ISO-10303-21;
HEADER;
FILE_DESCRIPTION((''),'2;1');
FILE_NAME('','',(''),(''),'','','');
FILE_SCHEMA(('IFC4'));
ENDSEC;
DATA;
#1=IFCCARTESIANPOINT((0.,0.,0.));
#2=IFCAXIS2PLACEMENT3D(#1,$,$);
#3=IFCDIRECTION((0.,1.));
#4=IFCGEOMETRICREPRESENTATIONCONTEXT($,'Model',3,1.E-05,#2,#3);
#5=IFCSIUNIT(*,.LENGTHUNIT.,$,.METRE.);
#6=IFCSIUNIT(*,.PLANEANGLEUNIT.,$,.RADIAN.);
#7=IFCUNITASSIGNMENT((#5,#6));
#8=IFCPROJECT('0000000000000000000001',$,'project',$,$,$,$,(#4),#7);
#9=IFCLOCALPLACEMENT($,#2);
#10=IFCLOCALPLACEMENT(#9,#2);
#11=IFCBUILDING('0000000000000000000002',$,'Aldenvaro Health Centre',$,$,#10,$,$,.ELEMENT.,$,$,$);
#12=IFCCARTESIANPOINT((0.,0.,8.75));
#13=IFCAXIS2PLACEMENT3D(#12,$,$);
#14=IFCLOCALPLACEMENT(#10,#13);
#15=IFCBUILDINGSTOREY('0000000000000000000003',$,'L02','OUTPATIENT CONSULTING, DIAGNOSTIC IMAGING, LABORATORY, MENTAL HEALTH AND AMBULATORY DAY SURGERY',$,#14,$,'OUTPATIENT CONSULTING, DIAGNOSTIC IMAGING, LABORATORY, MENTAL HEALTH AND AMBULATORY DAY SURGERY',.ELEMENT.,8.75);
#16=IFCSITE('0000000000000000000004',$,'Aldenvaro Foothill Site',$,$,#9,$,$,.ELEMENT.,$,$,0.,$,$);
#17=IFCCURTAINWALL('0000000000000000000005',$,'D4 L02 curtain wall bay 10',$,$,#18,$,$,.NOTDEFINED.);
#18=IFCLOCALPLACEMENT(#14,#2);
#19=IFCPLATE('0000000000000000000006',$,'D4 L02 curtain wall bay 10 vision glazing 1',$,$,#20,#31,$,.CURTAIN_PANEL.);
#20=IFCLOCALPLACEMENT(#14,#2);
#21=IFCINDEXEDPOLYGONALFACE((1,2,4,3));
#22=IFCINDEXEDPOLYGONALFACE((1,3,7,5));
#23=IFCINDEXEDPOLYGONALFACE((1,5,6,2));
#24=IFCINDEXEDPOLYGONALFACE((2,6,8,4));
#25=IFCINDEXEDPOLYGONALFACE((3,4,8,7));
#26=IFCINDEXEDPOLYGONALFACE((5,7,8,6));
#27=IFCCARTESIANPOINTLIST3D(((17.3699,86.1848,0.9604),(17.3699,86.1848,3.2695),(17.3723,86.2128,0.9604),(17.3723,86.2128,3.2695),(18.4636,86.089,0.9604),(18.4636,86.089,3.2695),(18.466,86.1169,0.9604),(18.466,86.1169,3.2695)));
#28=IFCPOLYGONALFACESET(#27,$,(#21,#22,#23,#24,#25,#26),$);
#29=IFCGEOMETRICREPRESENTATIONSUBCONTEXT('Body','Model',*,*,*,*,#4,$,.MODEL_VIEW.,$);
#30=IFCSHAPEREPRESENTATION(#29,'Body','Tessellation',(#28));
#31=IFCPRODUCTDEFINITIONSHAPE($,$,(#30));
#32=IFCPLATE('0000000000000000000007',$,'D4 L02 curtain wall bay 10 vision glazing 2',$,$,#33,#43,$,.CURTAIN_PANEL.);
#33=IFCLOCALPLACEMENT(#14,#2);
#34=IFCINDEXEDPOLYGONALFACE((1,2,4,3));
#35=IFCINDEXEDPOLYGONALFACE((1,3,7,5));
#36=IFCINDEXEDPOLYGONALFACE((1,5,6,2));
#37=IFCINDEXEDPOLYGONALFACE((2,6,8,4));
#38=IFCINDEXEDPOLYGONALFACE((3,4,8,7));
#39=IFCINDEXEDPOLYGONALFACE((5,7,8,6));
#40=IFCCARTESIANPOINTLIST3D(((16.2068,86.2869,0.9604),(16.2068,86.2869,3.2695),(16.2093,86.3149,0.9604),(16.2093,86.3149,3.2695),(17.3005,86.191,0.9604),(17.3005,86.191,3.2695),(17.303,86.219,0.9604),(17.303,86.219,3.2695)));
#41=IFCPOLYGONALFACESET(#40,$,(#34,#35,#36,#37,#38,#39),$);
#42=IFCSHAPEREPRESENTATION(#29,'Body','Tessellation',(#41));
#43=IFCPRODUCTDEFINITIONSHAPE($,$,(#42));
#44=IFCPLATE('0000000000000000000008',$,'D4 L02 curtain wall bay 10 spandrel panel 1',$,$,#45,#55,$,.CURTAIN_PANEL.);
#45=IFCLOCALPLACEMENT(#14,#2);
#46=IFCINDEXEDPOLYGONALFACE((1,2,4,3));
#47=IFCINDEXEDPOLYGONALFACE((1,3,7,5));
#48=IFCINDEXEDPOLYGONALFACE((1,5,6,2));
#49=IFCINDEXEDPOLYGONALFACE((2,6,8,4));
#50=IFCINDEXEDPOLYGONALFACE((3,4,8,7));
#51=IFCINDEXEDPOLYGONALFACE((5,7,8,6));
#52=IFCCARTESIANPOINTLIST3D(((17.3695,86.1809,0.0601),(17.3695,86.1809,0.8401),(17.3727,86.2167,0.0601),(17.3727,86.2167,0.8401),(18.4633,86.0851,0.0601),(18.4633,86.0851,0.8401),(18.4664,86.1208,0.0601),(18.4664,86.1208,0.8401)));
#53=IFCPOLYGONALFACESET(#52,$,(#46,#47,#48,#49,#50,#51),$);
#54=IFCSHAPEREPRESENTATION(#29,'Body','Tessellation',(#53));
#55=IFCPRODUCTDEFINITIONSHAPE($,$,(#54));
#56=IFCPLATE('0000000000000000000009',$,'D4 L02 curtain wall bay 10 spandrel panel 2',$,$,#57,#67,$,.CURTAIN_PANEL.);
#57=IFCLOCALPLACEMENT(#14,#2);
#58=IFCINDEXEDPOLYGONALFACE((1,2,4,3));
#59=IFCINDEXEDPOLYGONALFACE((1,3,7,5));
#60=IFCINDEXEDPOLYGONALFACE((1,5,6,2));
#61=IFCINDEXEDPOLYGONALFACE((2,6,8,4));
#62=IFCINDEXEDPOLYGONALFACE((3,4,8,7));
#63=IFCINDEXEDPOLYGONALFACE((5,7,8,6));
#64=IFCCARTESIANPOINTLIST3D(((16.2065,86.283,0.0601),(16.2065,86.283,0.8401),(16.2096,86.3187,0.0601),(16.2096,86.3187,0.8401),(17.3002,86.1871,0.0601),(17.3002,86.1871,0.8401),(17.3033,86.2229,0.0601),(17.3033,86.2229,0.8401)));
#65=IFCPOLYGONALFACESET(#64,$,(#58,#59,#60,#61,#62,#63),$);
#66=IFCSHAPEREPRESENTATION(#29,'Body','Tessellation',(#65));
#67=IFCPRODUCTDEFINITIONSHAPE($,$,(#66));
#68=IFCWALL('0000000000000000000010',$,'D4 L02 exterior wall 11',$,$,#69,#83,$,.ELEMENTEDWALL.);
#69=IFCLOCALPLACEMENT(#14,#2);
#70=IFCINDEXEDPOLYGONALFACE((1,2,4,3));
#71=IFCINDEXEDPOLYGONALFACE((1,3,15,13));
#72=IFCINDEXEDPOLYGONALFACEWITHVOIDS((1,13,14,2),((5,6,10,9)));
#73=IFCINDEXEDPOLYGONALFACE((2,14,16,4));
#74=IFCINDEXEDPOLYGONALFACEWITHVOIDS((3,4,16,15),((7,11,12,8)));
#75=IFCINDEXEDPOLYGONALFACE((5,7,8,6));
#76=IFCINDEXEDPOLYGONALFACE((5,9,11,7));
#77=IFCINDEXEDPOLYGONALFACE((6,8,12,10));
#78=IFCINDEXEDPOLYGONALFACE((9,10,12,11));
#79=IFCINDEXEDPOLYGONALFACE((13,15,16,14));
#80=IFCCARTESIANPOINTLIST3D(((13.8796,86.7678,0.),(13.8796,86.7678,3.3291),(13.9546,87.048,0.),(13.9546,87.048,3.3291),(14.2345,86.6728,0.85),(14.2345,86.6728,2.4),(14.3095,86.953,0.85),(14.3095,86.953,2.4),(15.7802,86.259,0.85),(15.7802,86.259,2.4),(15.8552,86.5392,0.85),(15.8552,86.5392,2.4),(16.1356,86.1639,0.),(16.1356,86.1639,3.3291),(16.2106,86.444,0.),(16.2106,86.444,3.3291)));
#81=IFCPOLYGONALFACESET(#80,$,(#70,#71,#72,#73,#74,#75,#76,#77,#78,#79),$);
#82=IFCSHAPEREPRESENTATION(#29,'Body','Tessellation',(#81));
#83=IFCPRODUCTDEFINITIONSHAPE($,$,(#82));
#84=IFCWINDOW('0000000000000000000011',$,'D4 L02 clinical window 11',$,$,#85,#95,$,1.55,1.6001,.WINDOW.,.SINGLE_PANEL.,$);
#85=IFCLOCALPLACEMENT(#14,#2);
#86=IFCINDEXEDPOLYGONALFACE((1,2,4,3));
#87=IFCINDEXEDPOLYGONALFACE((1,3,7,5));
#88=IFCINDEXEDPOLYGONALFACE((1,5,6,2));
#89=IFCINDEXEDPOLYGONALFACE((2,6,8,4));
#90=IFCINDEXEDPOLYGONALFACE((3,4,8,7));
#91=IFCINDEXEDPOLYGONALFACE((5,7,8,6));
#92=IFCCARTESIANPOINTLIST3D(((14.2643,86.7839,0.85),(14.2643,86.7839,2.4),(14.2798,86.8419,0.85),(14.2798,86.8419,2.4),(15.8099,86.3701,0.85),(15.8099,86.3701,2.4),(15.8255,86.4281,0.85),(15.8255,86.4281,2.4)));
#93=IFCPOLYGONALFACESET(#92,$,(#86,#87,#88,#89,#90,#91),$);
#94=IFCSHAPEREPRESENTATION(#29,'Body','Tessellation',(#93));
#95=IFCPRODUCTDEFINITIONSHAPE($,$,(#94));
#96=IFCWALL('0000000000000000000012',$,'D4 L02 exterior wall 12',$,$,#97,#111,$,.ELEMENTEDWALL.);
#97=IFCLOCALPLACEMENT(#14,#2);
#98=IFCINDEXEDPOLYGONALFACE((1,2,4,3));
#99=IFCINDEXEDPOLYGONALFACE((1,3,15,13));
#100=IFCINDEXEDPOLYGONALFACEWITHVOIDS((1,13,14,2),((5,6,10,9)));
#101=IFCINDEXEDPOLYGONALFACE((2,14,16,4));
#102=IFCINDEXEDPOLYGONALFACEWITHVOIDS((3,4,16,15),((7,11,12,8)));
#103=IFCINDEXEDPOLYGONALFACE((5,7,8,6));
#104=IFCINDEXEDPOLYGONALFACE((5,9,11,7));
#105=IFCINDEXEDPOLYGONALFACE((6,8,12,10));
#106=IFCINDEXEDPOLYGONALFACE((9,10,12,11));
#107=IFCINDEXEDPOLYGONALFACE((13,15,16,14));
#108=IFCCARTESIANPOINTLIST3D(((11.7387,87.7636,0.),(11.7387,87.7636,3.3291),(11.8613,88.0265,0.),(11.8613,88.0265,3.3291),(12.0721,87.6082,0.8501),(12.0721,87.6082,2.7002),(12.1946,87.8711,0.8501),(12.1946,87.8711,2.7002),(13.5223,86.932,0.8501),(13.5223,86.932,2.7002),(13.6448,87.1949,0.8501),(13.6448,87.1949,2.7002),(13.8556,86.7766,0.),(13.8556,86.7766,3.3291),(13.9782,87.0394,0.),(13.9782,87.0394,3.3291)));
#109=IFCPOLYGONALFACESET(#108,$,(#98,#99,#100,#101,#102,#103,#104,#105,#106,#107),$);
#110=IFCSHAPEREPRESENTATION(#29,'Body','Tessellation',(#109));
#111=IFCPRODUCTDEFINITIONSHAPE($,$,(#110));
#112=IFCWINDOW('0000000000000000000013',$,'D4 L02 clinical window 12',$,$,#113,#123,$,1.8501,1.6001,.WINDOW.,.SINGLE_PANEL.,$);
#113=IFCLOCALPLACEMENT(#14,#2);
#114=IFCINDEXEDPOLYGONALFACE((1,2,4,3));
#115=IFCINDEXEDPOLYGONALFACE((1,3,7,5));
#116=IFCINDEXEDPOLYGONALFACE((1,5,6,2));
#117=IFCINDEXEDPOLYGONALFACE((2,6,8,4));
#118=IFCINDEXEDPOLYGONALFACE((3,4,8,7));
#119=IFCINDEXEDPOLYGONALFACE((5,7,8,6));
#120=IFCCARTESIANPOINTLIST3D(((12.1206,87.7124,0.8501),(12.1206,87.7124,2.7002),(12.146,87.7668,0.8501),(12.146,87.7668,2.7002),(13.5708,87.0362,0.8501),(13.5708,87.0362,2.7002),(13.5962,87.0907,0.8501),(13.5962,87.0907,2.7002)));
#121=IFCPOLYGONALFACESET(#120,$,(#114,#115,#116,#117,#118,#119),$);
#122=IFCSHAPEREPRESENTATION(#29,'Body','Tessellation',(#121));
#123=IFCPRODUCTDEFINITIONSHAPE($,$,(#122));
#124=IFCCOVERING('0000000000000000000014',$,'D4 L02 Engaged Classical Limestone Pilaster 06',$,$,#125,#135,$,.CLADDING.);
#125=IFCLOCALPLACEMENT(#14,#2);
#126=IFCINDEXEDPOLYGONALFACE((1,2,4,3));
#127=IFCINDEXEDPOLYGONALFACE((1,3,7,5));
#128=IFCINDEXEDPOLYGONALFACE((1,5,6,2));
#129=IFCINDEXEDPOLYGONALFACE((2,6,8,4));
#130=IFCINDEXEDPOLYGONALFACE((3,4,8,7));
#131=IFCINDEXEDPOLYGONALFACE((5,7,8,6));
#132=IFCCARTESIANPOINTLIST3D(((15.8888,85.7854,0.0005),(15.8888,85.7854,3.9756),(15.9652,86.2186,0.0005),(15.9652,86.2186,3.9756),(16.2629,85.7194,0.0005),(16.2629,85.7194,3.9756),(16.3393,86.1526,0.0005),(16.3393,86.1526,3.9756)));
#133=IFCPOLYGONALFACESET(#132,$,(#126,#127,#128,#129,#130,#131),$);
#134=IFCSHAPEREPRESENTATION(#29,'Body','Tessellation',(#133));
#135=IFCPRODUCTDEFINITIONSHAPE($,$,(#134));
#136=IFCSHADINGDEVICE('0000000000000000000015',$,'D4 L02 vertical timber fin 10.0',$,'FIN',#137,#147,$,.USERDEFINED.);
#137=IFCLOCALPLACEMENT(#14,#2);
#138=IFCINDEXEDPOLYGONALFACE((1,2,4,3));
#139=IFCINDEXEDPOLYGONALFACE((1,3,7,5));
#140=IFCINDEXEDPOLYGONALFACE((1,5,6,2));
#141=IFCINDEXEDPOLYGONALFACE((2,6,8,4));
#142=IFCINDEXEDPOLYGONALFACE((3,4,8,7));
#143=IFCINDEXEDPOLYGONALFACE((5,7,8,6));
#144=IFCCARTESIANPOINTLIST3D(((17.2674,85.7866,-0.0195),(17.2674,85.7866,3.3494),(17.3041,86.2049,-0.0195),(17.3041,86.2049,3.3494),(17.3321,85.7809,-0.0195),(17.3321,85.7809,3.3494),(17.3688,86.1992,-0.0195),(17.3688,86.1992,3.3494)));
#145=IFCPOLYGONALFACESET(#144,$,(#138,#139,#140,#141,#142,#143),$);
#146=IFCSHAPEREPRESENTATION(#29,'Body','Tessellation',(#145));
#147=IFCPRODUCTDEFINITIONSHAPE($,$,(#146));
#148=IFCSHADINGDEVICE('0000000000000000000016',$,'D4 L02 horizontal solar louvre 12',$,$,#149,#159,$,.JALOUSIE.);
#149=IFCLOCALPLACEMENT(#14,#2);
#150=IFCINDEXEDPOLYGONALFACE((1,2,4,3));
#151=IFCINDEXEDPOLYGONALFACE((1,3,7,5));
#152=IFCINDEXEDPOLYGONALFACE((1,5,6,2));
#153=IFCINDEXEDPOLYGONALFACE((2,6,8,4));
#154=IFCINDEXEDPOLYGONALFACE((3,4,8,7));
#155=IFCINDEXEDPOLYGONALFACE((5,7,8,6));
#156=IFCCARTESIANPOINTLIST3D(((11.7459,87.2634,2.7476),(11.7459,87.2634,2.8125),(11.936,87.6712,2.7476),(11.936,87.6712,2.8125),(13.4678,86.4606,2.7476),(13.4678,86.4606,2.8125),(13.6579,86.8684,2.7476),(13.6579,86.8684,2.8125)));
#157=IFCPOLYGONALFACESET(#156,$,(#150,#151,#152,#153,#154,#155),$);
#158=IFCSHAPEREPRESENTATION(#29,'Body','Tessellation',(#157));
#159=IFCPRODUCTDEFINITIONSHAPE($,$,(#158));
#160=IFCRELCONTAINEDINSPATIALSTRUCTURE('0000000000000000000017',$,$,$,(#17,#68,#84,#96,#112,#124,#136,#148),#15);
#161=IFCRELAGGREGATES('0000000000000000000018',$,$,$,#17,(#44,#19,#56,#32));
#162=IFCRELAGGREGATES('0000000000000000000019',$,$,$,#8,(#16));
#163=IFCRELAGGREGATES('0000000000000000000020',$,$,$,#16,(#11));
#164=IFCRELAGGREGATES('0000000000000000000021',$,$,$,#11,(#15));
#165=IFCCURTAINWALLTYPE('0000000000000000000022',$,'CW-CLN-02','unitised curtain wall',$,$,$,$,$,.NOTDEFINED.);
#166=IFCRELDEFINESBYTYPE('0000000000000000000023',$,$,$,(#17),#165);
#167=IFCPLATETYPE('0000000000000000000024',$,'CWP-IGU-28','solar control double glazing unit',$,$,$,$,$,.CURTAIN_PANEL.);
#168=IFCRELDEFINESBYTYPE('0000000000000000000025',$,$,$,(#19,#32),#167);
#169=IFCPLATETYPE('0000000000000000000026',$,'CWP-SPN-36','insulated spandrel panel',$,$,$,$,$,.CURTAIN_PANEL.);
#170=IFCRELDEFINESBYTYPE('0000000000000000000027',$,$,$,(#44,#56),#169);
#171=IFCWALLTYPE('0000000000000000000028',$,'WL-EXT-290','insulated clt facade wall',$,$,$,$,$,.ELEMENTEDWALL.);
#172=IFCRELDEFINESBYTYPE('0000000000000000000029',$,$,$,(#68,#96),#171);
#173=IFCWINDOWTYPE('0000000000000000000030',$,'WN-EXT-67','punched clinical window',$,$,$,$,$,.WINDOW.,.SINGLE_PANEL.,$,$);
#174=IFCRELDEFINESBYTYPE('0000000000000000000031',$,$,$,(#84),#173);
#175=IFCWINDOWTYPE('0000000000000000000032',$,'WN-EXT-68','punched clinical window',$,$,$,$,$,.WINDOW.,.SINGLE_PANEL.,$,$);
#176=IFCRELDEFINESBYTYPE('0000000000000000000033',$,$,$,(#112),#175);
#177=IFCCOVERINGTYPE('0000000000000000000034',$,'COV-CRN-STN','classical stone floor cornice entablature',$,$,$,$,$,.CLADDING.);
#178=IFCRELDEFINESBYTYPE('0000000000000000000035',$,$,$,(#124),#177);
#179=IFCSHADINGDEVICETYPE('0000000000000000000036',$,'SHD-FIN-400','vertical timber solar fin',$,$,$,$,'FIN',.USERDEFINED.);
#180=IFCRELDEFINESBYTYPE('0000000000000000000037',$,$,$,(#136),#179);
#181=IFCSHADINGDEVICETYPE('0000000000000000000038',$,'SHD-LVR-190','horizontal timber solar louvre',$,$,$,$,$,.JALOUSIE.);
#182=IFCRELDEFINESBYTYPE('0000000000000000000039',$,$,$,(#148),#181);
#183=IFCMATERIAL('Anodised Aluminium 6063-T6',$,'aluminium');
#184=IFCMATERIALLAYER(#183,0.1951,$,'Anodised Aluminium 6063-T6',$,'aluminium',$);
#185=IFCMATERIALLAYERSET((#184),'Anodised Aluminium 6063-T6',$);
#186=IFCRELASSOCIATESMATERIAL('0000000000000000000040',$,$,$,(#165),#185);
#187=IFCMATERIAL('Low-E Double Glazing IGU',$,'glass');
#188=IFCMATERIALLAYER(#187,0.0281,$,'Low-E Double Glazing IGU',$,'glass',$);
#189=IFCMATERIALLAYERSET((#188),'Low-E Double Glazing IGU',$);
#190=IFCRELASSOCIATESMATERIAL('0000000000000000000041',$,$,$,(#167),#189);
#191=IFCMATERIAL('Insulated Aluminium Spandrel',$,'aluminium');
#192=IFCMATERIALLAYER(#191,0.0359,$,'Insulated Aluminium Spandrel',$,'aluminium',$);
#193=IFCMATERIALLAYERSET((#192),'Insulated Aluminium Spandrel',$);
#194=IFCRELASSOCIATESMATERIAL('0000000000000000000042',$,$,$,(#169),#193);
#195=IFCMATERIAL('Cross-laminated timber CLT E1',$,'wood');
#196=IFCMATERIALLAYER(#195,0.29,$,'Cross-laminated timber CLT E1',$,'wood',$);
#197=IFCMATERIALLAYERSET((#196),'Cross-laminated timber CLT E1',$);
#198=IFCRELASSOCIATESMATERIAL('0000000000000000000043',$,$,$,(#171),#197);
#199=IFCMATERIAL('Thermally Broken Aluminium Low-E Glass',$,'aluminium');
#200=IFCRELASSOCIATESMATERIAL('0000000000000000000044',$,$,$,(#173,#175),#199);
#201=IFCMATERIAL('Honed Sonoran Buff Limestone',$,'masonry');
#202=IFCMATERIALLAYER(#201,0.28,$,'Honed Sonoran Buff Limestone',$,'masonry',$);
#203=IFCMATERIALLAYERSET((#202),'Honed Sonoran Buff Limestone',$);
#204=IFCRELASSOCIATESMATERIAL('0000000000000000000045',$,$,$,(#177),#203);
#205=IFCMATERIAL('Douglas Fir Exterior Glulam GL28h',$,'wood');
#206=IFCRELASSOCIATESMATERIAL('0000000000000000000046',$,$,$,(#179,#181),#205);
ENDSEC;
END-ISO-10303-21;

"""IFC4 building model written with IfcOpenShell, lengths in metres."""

from ifc_helpers import new_model, si_unit, direction, frame, frame_2d, origin, origin_2d, place, context, subcontext, project, spatial, rectangle, extrude, material, layer, layer_set, type_object, element, fill, aggregate, save


model = new_model("IFC4")

# Units and contexts
model_context = context("Model", 3, precision=1e-05, world=origin(), true_north=direction((0.0, 1.0)))
body_context = subcontext(model_context, "Body", "Model", "MODEL_VIEW")
ifc_project = project(units=[si_unit("LENGTHUNIT", "METRE"), si_unit("PLANEANGLEUNIT", "RADIAN")], contexts=[model_context])

# Site, building, storey
site_placement = place(None, origin())
site = spatial("IfcSite", under=ifc_project, at=site_placement, Name="Aldenvaro Foothill Site", CompositionType="ELEMENT", RefElevation=0.0)
building_placement = place(site_placement, origin())
building = spatial("IfcBuilding", under=site, at=building_placement, Name="Aldenvaro Health Centre", CompositionType="ELEMENT")
storey_placement = place(building_placement, frame((0.0, 0.0, 8.75)))
storey = spatial("IfcBuildingStorey", under=building, at=storey_placement, Name="L02", Description="OUTPATIENT CONSULTING, DIAGNOSTIC IMAGING, LABORATORY, MENTAL HEALTH AND AMBULATORY DAY SURGERY", LongName="OUTPATIENT CONSULTING, DIAGNOSTIC IMAGING, LABORATORY, MENTAL HEALTH AND AMBULATORY DAY SURGERY", CompositionType="ELEMENT", Elevation=8.75)

# Curtain wall
ifc_material_1 = material(Name="Anodised Aluminium 6063-T6", Category="aluminium")
ifc_layer_1 = layer(ifc_material_1, 0.1951, Name="Anodised Aluminium 6063-T6", Category="aluminium")
ifc_layer_set_1 = layer_set([ifc_layer_1], Name="Anodised Aluminium 6063-T6")
curtain_wall_type = type_object("IfcCurtainWallType", Name="CW-CLN-02", Description="unitised curtain wall", PredefinedType="NOTDEFINED", material=ifc_layer_set_1)
curtain_wall_placement = place(storey_placement, origin())
curtain_wall = element("IfcCurtainWall", 1, at=curtain_wall_placement, inside=storey, type_object=curtain_wall_type, Name="D4 L02 curtain wall bay 10", PredefinedType="NOTDEFINED")

# Plates
ifc_material_2 = material(Name="Low-E Double Glazing IGU", Category="glass")
ifc_layer_2 = layer(ifc_material_2, 0.0281, Name="Low-E Double Glazing IGU", Category="glass")
ifc_layer_set_2 = layer_set([ifc_layer_2], Name="Low-E Double Glazing IGU")
plate_type_1 = type_object("IfcPlateType", Name="CWP-IGU-28", Description="solar control double glazing unit", PredefinedType="CURTAIN_PANEL", material=ifc_layer_set_2)
plate_1_placement = place(storey_placement, frame((17.918, 86.1509, 0.9604), z_axis=(0.0, 0.0, 1.0), x_axis=(-0.996179, 0.087332, 0.0)))
plate_1 = element("IfcPlate", 2, at=plate_1_placement, type_object=plate_type_1, Name="D4 L02 curtain wall bay 10 vision glazing 1", PredefinedType="CURTAIN_PANEL", context=body_context, shape_type="SweptSolid", body=[
    extrude(rectangle(XDim=1.0979, YDim=0.0281, at=origin_2d()), origin(), (0.0, 0.0, 1.0), 2.3091),
])
plate_2_placement = place(storey_placement, frame((16.7549, 86.2529, 0.9604), z_axis=(0.0, 0.0, 1.0), x_axis=(-0.996179, 0.087332, 0.0)))
plate_2 = element("IfcPlate", 3, at=plate_2_placement, type_object=plate_type_1, Name="D4 L02 curtain wall bay 10 vision glazing 2", PredefinedType="CURTAIN_PANEL", context=body_context, shape_type="SweptSolid", body=[
    extrude(rectangle(XDim=1.0979, YDim=0.0281, at=origin_2d()), origin(), (0.0, 0.0, 1.0), 2.3091),
])
ifc_material_3 = material(Name="Insulated Aluminium Spandrel", Category="aluminium")
ifc_layer_3 = layer(ifc_material_3, 0.0359, Name="Insulated Aluminium Spandrel", Category="aluminium")
ifc_layer_set_3 = layer_set([ifc_layer_3], Name="Insulated Aluminium Spandrel")
plate_type_2 = type_object("IfcPlateType", Name="CWP-SPN-36", Description="insulated spandrel panel", PredefinedType="CURTAIN_PANEL", material=ifc_layer_set_3)
plate_3_placement = place(storey_placement, frame((17.918, 86.1509, 0.0601), z_axis=(0.0, 0.0, 1.0), x_axis=(-0.996179, 0.087332, 0.0)))
plate_3 = element("IfcPlate", 4, at=plate_3_placement, type_object=plate_type_2, Name="D4 L02 curtain wall bay 10 spandrel panel 1", PredefinedType="CURTAIN_PANEL", context=body_context, shape_type="SweptSolid", body=[
    extrude(rectangle(XDim=1.0979, YDim=0.0359, at=origin_2d()), origin(), (0.0, 0.0, 1.0), 0.78),
])
plate_4_placement = place(storey_placement, frame((16.7549, 86.2529, 0.0601), z_axis=(0.0, 0.0, 1.0), x_axis=(-0.996179, 0.087332, 0.0)))
plate_4 = element("IfcPlate", 5, at=plate_4_placement, type_object=plate_type_2, Name="D4 L02 curtain wall bay 10 spandrel panel 2", PredefinedType="CURTAIN_PANEL", context=body_context, shape_type="SweptSolid", body=[
    extrude(rectangle(XDim=1.0979, YDim=0.0359, at=origin_2d()), origin(), (0.0, 0.0, 1.0), 0.78),
])
aggregate(curtain_wall, [plate_3, plate_1, plate_4, plate_2])

# Walls, openings, windows
ifc_material_4 = material(Name="Cross-laminated timber CLT E1", Category="wood")
ifc_layer_4 = layer(ifc_material_4, 0.29, Name="Cross-laminated timber CLT E1", Category="wood")
ifc_layer_set_4 = layer_set([ifc_layer_4], Name="Cross-laminated timber CLT E1")
wall_type = type_object("IfcWallType", Name="WL-EXT-290", Description="insulated clt facade wall", PredefinedType="ELEMENTEDWALL", material=ifc_layer_set_4)
wall_1_placement = place(storey_placement, frame((16.1731, 86.304, 0.0), z_axis=(0.0, 0.0, 1.0), x_axis=(-0.965981, 0.258612, 0.0)))
wall_1 = element("IfcWall", 6, at=wall_1_placement, inside=storey, type_object=wall_type, Name="D4 L02 exterior wall 11", PredefinedType="ELEMENTEDWALL", context=body_context, shape_type="SweptSolid", body=[
    extrude(rectangle(XDim=2.3354, YDim=0.29, at=frame_2d((1.1677, 0.0))), origin(), (0.0, 0.0, 1.0), 3.3291),
])
opening_1_placement = place(wall_1_placement, frame((0.3679, 0.0, 0.8501)))
opening_1 = element("IfcOpeningElement", 7, at=opening_1_placement, cuts=wall_1, PredefinedType="OPENING", context=body_context, shape_type="SweptSolid", body=[
    extrude(rectangle(XDim=1.6001, YDim=1.55, at=frame_2d((0.8, 0.7749))), frame((0.0, 0.155, 0.0), z_axis=(0.0, -1.0, 0.0), x_axis=(1.0, 0.0, 0.0)), (0.0, 0.0, 1.0), 0.3101),
])
ifc_material_5 = material(Name="Thermally Broken Aluminium Low-E Glass", Category="aluminium")
window_type_1 = type_object("IfcWindowType", Name="WN-EXT-67", Description="punched clinical window", PartitioningType="SINGLE_PANEL", PredefinedType="WINDOW", material=ifc_material_5)
window_1_placement = place(opening_1_placement, origin())
window_1 = element("IfcWindow", 8, at=window_1_placement, inside=storey, type_object=window_type_1, Name="D4 L02 clinical window 11", OverallHeight=1.55, OverallWidth=1.6001, PartitioningType="SINGLE_PANEL", PredefinedType="WINDOW", context=body_context, shape_type="SweptSolid", body=[
    extrude(rectangle(XDim=1.6001, YDim=1.55, at=frame_2d((0.8, 0.7749))), frame((0.0, 0.03, 0.0), z_axis=(0.0, -1.0, 0.0), x_axis=(1.0, 0.0, 0.0)), (0.0, 0.0, 1.0), 0.0601),
])
fill(opening_1, window_1)
wall_2_placement = place(storey_placement, frame((13.917, 86.908, 0.0), z_axis=(0.0, 0.0, 1.0), x_axis=(-0.906322, 0.422588, 0.0)))
wall_2 = element("IfcWall", 9, at=wall_2_placement, inside=storey, type_object=wall_type, Name="D4 L02 exterior wall 12", PredefinedType="ELEMENTEDWALL", context=body_context, shape_type="SweptSolid", body=[
    extrude(rectangle(XDim=2.3357, YDim=0.29, at=frame_2d((1.168, 0.0))), origin(), (0.0, 0.0, 1.0), 3.3291),
])
opening_2_placement = place(wall_2_placement, frame((0.3679, 0.0, 0.8501)))
opening_2 = element("IfcOpeningElement", 10, at=opening_2_placement, cuts=wall_2, PredefinedType="OPENING", context=body_context, shape_type="SweptSolid", body=[
    extrude(rectangle(XDim=1.6001, YDim=1.8501, at=frame_2d((0.8, 0.925))), frame((0.0, 0.155, 0.0), z_axis=(0.0, -1.0, 0.0), x_axis=(1.0, 0.0, 0.0)), (0.0, 0.0, 1.0), 0.3101),
])
window_type_2 = type_object("IfcWindowType", Name="WN-EXT-68", Description="punched clinical window", PartitioningType="SINGLE_PANEL", PredefinedType="WINDOW", material=ifc_material_5)
window_2_placement = place(opening_2_placement, origin())
window_2 = element("IfcWindow", 11, at=window_2_placement, inside=storey, type_object=window_type_2, Name="D4 L02 clinical window 12", OverallHeight=1.8501, OverallWidth=1.6001, PartitioningType="SINGLE_PANEL", PredefinedType="WINDOW", context=body_context, shape_type="SweptSolid", body=[
    extrude(rectangle(XDim=1.6001, YDim=1.8501, at=frame_2d((0.8, 0.925))), frame((0.0, 0.03, 0.0), z_axis=(0.0, -1.0, 0.0), x_axis=(1.0, 0.0, 0.0)), (0.0, 0.0, 1.0), 0.0601),
])
fill(opening_2, window_2)

# Covering
ifc_material_6 = material(Name="Honed Sonoran Buff Limestone", Category="masonry")
ifc_layer_5 = layer(ifc_material_6, 0.28, Name="Honed Sonoran Buff Limestone", Category="masonry")
ifc_layer_set_5 = layer_set([ifc_layer_5], Name="Honed Sonoran Buff Limestone")
covering_type = type_object("IfcCoveringType", Name="COV-CRN-STN", Description="classical stone floor cornice entablature", PredefinedType="CLADDING", material=ifc_layer_set_5)
covering_placement = place(storey_placement, frame((16.114, 85.969, 0.0005), z_axis=(0.0, 0.0, 1.0), x_axis=(-0.173662, -0.984805, 0.0)))
element("IfcCovering", 12, at=covering_placement, inside=storey, type_object=covering_type, Name="D4 L02 Engaged Classical Limestone Pilaster 06", PredefinedType="CLADDING", context=body_context, shape_type="SweptSolid", body=[
    extrude(rectangle(XDim=0.4399, YDim=0.3799, at=origin_2d()), origin(), (0.0, 0.0, 1.0), 3.9751),
])

# Shading devices
ifc_material_7 = material(Name="Douglas Fir Exterior Glulam GL28h", Category="wood")
shading_device_type_1 = type_object("IfcShadingDeviceType", Name="SHD-FIN-400", Description="vertical timber solar fin", ElementType="FIN", PredefinedType="USERDEFINED", material=ifc_material_7)
shading_device_1_placement = place(storey_placement, frame((17.3181, 85.9929, -0.0195), z_axis=(0.0, 0.0, 1.0), x_axis=(-0.996179, 0.087332, 0.0)))
element("IfcShadingDevice", 13, at=shading_device_1_placement, inside=storey, type_object=shading_device_type_1, Name="D4 L02 vertical timber fin 10.0", ObjectType="FIN", PredefinedType="USERDEFINED", context=body_context, shape_type="SweptSolid", body=[
    extrude(rectangle(XDim=0.0649, YDim=0.4199, at=origin_2d()), origin(), (0.0, 0.0, 1.0), 3.3689),
])
shading_device_type_2 = type_object("IfcShadingDeviceType", Name="SHD-LVR-190", Description="horizontal timber solar louvre", PredefinedType="JALOUSIE", material=ifc_material_7)
shading_device_2_placement = place(storey_placement, frame((12.7019, 87.0659, 2.7476), z_axis=(0.0, 0.0, 1.0), x_axis=(-0.906336, 0.422557, 0.0)))
element("IfcShadingDevice", 14, at=shading_device_2_placement, inside=storey, type_object=shading_device_type_2, Name="D4 L02 horizontal solar louvre 12", PredefinedType="JALOUSIE", context=body_context, shape_type="SweptSolid", body=[
    extrude(rectangle(XDim=1.8999, YDim=0.45, at=origin_2d()), origin(), (0.0, 0.0, 1.0), 0.0649),
])

save(model, "model.ifc")
